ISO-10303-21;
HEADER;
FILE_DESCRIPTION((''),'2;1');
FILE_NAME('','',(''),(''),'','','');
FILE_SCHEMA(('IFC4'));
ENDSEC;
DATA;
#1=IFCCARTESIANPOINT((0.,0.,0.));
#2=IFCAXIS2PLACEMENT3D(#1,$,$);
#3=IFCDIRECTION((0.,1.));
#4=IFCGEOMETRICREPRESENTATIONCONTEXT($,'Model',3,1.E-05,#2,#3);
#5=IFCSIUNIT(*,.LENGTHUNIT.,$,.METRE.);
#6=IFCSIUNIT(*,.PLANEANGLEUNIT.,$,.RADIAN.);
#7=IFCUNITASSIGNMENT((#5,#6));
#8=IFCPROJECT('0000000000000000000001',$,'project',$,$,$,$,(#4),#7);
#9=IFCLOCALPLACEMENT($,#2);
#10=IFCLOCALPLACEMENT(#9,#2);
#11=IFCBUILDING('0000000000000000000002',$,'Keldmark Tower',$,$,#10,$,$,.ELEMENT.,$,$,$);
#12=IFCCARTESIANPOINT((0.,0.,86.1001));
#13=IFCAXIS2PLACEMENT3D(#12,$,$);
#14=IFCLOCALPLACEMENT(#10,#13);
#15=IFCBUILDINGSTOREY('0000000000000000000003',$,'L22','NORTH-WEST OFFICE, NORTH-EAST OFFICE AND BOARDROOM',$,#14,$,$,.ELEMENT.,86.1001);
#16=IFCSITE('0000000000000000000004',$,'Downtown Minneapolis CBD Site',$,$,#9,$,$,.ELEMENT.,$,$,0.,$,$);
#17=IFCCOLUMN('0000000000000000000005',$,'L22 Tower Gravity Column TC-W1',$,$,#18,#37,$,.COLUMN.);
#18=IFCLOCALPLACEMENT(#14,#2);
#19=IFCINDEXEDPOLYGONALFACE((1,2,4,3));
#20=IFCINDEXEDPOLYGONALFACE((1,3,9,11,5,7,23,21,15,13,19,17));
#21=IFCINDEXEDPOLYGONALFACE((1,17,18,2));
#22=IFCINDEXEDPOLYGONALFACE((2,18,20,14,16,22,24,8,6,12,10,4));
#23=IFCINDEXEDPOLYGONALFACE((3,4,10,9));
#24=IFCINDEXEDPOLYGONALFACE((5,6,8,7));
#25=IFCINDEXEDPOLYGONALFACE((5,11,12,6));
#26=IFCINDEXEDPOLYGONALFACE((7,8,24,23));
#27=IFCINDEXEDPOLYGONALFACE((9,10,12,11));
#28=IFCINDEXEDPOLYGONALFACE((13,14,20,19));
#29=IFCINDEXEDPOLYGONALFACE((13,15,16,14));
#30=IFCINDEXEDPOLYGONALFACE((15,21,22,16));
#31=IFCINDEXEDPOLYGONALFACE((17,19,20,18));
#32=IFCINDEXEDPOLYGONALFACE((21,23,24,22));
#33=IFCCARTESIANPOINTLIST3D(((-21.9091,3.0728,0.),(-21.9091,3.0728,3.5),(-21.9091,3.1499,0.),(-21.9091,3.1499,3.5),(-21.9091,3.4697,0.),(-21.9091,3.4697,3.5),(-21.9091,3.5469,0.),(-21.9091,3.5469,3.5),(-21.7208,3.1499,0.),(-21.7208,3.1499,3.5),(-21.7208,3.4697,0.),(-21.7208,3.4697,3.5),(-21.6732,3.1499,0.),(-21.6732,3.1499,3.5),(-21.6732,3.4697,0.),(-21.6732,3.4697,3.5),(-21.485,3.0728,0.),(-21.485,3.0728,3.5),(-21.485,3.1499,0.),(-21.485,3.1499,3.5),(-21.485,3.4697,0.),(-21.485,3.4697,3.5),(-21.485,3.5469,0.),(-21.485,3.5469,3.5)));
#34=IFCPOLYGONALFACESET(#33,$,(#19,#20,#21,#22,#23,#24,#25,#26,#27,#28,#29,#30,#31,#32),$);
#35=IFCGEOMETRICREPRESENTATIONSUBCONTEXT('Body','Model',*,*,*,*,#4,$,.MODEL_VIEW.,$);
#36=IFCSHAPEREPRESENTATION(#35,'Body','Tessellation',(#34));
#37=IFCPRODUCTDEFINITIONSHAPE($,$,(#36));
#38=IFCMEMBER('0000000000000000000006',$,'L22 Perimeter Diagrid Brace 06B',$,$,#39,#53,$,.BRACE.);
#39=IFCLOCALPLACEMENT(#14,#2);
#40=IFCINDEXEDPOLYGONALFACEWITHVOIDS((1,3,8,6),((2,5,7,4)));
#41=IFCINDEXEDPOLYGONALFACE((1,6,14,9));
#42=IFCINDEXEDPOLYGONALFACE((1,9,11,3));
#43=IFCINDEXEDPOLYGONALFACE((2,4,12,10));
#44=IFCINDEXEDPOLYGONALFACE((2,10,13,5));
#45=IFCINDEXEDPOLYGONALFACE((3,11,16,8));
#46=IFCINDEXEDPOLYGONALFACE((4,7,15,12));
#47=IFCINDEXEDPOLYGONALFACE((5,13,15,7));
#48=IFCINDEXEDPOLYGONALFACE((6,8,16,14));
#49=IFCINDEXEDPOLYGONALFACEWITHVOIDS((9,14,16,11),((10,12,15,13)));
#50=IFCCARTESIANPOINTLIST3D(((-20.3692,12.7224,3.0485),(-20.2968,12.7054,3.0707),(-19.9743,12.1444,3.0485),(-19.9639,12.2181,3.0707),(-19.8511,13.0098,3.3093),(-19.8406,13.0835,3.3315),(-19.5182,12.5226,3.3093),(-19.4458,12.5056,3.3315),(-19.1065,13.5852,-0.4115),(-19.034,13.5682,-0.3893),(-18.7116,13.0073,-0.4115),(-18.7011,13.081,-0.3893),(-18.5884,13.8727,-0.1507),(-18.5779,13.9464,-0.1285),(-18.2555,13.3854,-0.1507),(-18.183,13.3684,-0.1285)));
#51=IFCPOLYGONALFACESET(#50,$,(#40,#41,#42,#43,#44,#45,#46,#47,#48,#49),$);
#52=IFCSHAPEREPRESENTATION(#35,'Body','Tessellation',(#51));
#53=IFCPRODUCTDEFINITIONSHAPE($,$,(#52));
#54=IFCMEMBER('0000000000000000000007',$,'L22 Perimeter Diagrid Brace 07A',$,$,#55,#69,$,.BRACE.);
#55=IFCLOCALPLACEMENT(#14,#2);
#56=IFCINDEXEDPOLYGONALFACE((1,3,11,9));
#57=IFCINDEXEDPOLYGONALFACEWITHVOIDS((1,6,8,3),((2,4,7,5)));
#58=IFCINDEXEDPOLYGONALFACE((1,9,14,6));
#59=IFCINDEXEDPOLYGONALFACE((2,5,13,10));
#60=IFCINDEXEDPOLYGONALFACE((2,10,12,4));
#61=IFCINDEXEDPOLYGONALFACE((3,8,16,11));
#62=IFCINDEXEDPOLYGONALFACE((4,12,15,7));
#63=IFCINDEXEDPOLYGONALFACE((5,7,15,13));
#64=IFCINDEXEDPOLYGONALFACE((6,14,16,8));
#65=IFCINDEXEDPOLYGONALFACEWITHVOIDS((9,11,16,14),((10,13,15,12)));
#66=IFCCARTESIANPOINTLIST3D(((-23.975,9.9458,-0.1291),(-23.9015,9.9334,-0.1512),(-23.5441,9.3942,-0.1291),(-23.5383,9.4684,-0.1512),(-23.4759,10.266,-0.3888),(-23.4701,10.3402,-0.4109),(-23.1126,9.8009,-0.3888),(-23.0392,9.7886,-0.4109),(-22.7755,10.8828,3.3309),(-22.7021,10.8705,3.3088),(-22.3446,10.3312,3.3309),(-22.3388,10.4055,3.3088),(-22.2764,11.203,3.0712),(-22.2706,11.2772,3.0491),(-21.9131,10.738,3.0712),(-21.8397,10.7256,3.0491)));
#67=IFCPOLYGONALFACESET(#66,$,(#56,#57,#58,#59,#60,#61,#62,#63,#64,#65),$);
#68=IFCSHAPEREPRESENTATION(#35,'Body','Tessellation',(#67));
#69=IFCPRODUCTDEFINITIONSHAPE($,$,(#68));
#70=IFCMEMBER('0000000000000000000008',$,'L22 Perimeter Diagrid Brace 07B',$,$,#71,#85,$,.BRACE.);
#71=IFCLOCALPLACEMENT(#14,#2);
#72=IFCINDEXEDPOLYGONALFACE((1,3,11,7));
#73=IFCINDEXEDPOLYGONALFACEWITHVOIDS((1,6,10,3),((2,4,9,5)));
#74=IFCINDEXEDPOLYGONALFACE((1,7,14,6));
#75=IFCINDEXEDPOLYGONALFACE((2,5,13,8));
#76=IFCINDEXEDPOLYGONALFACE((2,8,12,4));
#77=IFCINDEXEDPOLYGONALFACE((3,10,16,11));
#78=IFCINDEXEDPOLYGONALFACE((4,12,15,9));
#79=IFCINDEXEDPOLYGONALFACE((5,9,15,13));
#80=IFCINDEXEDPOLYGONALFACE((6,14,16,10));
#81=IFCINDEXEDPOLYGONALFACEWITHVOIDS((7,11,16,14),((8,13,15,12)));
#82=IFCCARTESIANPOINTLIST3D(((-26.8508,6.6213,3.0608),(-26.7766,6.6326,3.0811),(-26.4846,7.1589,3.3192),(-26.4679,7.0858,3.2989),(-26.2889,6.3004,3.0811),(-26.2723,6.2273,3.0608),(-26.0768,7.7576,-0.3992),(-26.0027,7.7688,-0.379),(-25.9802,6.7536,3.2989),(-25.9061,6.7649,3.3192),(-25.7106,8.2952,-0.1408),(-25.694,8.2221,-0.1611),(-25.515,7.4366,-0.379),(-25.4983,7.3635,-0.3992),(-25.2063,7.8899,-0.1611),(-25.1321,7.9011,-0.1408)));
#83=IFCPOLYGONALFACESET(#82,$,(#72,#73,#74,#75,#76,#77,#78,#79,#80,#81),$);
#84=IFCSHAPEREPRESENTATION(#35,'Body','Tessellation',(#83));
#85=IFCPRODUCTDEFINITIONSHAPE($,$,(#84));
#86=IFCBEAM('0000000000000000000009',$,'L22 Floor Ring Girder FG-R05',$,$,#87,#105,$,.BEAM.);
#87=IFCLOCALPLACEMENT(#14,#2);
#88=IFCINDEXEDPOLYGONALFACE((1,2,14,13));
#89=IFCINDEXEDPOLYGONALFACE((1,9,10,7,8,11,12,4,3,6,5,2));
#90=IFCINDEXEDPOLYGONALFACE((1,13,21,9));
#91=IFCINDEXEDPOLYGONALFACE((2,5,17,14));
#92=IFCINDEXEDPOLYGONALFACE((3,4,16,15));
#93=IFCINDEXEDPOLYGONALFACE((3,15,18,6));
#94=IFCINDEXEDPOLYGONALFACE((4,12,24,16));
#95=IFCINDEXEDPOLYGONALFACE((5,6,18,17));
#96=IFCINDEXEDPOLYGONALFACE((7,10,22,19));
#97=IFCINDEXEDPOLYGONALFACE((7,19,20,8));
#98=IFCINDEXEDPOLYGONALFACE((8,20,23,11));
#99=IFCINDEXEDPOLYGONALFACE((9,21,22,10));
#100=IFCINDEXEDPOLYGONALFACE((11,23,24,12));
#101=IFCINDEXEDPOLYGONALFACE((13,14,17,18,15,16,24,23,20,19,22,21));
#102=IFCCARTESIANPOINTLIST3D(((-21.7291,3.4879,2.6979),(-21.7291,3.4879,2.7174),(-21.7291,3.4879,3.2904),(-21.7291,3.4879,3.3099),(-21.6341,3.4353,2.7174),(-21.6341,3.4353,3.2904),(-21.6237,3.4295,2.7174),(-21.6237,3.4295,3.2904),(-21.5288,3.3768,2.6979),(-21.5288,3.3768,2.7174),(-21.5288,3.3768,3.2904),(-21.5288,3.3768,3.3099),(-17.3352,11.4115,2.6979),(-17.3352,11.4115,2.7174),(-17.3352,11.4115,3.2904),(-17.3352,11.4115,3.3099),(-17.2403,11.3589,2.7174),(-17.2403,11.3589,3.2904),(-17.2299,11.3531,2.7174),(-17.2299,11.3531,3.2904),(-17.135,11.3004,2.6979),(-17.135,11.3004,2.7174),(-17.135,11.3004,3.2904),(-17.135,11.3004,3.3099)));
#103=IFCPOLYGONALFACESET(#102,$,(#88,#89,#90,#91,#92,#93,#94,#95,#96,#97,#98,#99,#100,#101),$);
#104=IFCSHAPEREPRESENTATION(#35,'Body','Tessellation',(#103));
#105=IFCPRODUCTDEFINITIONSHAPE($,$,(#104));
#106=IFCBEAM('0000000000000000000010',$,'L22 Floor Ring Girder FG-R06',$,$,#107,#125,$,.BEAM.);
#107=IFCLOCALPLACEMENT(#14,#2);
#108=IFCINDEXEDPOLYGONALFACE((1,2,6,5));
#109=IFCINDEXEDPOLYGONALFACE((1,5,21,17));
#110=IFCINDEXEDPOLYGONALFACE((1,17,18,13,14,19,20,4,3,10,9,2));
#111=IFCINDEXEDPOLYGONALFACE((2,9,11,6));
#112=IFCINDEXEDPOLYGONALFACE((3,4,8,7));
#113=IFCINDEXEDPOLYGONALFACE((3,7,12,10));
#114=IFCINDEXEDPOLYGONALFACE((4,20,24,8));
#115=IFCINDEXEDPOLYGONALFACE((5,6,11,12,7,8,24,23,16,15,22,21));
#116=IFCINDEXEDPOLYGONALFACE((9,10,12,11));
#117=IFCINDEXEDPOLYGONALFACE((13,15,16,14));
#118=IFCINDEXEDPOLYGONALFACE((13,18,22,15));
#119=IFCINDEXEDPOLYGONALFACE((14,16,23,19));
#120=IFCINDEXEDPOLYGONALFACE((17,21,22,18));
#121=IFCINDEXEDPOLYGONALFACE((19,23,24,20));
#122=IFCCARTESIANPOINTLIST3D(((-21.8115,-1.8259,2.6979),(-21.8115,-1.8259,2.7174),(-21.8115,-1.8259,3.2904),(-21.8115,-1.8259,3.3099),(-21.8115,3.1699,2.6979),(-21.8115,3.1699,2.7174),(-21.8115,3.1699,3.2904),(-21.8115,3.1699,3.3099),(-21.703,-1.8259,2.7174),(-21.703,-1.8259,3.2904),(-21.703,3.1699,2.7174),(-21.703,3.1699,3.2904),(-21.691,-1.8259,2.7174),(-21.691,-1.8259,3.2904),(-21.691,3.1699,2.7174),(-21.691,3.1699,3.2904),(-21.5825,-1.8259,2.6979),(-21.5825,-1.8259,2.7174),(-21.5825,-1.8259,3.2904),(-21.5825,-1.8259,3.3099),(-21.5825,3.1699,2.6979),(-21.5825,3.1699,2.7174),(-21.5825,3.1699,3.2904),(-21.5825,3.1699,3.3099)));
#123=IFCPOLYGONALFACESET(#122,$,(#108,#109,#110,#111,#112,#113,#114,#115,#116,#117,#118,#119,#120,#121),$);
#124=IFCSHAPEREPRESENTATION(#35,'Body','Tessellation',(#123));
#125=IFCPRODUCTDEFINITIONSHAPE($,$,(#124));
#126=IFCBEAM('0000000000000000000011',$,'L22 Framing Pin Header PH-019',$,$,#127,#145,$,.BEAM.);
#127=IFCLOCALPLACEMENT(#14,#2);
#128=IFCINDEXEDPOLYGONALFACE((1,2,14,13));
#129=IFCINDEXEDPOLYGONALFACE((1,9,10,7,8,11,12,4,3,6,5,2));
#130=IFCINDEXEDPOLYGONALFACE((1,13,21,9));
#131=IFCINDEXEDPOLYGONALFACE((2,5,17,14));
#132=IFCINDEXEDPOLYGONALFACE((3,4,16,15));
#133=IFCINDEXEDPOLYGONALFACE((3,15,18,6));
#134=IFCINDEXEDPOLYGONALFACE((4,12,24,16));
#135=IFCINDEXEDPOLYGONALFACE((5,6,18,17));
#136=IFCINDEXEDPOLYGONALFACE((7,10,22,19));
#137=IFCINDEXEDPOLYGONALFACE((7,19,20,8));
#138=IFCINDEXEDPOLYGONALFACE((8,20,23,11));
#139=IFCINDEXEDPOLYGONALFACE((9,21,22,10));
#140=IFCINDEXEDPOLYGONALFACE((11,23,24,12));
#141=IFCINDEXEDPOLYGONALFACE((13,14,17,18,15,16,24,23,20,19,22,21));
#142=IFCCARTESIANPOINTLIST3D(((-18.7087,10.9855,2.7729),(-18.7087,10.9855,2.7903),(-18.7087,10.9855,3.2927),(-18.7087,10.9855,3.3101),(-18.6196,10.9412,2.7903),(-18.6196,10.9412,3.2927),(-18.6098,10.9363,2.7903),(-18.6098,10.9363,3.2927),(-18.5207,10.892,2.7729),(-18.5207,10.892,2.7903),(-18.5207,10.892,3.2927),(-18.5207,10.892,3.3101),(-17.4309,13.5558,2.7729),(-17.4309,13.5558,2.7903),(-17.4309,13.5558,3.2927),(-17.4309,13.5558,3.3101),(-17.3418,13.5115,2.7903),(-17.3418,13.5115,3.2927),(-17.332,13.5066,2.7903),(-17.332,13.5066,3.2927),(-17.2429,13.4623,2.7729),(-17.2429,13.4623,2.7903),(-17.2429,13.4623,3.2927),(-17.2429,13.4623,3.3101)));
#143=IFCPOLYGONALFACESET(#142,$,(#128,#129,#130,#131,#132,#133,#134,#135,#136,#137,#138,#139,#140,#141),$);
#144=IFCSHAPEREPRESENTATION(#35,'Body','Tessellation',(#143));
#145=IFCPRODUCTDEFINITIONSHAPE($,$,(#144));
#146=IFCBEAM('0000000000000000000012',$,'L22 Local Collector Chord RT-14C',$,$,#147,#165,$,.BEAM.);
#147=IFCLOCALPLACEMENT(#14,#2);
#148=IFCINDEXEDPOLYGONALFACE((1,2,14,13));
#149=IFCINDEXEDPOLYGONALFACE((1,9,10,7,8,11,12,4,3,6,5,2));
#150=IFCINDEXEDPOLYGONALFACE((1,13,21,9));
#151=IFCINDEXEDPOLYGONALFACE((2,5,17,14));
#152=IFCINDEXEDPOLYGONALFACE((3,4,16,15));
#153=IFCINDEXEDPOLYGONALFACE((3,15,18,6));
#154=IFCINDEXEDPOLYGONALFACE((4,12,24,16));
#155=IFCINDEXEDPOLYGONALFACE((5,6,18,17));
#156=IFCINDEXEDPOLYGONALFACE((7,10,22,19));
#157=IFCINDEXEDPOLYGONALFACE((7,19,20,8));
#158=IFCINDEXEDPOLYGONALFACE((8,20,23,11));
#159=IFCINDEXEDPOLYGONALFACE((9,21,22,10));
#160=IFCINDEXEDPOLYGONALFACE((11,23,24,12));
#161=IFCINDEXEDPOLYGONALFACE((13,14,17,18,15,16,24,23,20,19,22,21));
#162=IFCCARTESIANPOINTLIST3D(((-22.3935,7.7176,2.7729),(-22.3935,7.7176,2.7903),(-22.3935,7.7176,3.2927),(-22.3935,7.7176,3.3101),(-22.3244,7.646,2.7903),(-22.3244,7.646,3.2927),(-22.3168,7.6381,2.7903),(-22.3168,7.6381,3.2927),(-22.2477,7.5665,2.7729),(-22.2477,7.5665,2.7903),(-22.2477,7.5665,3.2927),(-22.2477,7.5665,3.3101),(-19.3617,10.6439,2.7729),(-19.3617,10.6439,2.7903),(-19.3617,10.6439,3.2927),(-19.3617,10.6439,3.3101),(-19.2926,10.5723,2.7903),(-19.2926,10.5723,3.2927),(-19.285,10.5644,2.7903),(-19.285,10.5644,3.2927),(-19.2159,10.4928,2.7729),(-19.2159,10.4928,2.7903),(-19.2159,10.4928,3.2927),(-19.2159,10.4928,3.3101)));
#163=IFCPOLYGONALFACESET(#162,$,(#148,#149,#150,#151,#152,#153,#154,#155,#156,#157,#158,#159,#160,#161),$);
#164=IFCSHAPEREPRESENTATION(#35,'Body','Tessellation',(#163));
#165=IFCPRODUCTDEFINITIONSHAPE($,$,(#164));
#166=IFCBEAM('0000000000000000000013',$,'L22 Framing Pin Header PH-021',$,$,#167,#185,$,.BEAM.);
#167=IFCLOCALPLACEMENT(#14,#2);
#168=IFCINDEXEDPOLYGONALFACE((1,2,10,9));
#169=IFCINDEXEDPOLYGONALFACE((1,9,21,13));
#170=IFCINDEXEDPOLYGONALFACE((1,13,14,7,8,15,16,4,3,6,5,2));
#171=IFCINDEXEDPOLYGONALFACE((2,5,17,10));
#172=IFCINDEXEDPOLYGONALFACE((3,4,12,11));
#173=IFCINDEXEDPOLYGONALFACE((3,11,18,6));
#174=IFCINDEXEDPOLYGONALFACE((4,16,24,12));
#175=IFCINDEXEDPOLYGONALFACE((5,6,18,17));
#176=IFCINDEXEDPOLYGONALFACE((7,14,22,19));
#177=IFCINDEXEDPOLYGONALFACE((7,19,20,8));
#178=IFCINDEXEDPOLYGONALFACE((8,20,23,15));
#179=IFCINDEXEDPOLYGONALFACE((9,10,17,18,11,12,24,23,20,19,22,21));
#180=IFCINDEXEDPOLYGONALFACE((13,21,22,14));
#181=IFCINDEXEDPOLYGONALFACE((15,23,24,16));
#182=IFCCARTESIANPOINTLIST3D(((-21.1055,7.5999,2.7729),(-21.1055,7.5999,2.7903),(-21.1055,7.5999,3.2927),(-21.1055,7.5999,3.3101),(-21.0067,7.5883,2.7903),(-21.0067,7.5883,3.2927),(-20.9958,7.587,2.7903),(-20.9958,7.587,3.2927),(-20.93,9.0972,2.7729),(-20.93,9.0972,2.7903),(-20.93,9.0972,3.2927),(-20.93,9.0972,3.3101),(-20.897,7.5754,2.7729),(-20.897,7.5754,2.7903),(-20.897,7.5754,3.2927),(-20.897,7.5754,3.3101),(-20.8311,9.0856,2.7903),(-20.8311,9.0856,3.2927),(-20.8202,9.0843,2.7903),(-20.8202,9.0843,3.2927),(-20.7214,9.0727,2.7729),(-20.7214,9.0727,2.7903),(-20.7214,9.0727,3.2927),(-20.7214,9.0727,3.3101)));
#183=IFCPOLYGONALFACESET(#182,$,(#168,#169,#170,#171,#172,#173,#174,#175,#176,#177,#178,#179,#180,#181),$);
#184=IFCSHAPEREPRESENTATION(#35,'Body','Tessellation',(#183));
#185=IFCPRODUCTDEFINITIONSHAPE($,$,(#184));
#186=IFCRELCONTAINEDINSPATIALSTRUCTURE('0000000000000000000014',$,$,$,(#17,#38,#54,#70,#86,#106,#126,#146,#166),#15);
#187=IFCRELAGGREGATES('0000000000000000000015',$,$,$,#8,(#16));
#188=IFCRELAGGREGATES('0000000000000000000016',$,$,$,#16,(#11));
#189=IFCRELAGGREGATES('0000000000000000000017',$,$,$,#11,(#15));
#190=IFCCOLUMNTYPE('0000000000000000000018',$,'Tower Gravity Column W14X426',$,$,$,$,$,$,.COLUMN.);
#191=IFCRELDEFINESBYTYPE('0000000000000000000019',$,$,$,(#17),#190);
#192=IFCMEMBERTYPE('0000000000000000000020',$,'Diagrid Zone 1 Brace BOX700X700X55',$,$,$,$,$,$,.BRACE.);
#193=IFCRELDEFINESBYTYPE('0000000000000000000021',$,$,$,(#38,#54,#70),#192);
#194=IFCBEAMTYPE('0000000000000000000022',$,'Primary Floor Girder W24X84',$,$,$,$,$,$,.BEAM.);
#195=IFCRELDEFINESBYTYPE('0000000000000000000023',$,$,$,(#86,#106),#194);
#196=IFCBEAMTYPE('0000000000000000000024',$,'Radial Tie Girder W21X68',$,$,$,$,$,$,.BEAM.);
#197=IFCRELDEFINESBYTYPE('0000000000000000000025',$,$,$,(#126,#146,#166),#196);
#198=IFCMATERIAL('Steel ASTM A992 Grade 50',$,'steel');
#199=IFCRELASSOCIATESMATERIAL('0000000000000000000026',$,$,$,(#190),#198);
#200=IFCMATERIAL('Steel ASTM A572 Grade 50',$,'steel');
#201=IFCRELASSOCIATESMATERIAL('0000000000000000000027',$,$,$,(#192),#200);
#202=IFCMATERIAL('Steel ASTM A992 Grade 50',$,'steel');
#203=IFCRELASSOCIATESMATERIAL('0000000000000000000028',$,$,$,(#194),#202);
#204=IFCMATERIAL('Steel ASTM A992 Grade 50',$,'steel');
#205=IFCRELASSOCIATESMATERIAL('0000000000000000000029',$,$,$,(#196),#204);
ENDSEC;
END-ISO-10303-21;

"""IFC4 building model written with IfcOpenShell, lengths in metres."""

from ifc_helpers import new_model, si_unit, direction, frame, origin, origin_2d, place, context, subcontext, project, spatial, hollow_rectangle, i_section, extrude, material, material_profile, profile_set, type_object, element, save


model = new_model("IFC4")

# Units and contexts
model_context = context("Model", 3, precision=1e-05, world=origin(), true_north=direction((0.0, 1.0)))
body_context = subcontext(model_context, "Body", "Model", "MODEL_VIEW")
ifc_project = project(units=[si_unit("LENGTHUNIT", "METRE"), si_unit("PLANEANGLEUNIT", "RADIAN")], contexts=[model_context])

# Site, building, storey
site_placement = place(None, origin())
site = spatial("IfcSite", under=ifc_project, at=site_placement, Name="Downtown Minneapolis CBD Site", CompositionType="ELEMENT", RefElevation=0.0)
building_placement = place(site_placement, origin())
building = spatial("IfcBuilding", under=site, at=building_placement, Name="Keldmark Tower", CompositionType="ELEMENT")
storey_placement = place(building_placement, frame((0.0, 0.0, 86.1001)))
storey = spatial("IfcBuildingStorey", under=building, at=storey_placement, Name="L22", Description="NORTH-WEST OFFICE, NORTH-EAST OFFICE AND BOARDROOM", CompositionType="ELEMENT", Elevation=86.1001)

# Column
ifc_material_1 = material(Name="Steel ASTM A992 Grade 50", Category="steel")
ifc_material_profile_1 = material_profile(ifc_material_1, i_section(OverallWidth=0.4241, OverallDepth=0.4741, WebThickness=0.0476, FlangeThickness=0.0771, at=origin_2d()), Name="W14X426")
ifc_profile_set_1 = profile_set([ifc_material_profile_1], Name="Steel ASTM A992 Grade 50")
column_type = type_object("IfcColumnType", Name="Tower Gravity Column W14X426", PredefinedType="COLUMN", material=ifc_profile_set_1)
column_placement = place(storey_placement, frame((-21.697, 3.3098, 0.0), z_axis=(0.0, 0.0, 1.0), x_axis=(1.0, 0.0, 0.0)))
element("IfcColumn", 1, at=column_placement, inside=storey, type_object=column_type, Name="L22 Tower Gravity Column TC-W1", PredefinedType="COLUMN", context=body_context, shape_type="SweptSolid", body=[
    extrude(i_section(OverallWidth=0.4241, OverallDepth=0.4741, WebThickness=0.0476, FlangeThickness=0.0771, at=origin_2d()), origin(), (0.0, 0.0, 1.0), 3.5),
])

# Members
ifc_material_2 = material(Name="Steel ASTM A572 Grade 50", Category="steel")
ifc_material_profile_2 = material_profile(ifc_material_2, hollow_rectangle(XDim=0.7, YDim=0.7, WallThickness=0.0549, at=origin_2d()), Name="BOX700X700X55")
ifc_profile_set_2 = profile_set([ifc_material_profile_2], Name="Steel ASTM A572 Grade 50")
member_type = type_object("IfcMemberType", Name="Diagrid Zone 1 Brace BOX700X700X55", PredefinedType="BRACE", material=ifc_profile_set_2)
member_1_placement = place(storey_placement, frame((-18.6448, 13.4768, -0.27), z_axis=(-0.333793, -0.228079, 0.914638), x_axis=(0.564169, -0.82566, 0.0)))
element("IfcMember", 2, at=member_1_placement, inside=storey, type_object=member_type, Name="L22 Perimeter Diagrid Brace 06B", PredefinedType="BRACE", context=body_context, shape_type="SweptSolid", body=[
    extrude(hollow_rectangle(XDim=0.7, YDim=0.7, WallThickness=0.0549, at=origin_2d()), origin(), (0.0, 0.0, 1.0), 3.783),
])
member_2_placement = place(storey_placement, frame((-23.5071, 9.8672, -0.27), z_axis=(0.317322, 0.24789, 0.915345), x_axis=(-0.615616, 0.788046, 0.0)))
element("IfcMember", 3, at=member_2_placement, inside=storey, type_object=member_type, Name="L22 Perimeter Diagrid Brace 07A", PredefinedType="BRACE", context=body_context, shape_type="SweptSolid", body=[
    extrude(hollow_rectangle(XDim=0.7, YDim=0.7, WallThickness=0.0549, at=origin_2d()), origin(), (0.0, 0.0, 1.0), 3.78),
])
member_3_placement = place(storey_placement, frame((-25.6045, 7.8293, -0.27), z_axis=(-0.207873, -0.305186, 0.929328), x_axis=(0.82649, -0.562951, 0.0)))
element("IfcMember", 4, at=member_3_placement, inside=storey, type_object=member_type, Name="L22 Perimeter Diagrid Brace 07B", PredefinedType="BRACE", context=body_context, shape_type="SweptSolid", body=[
    extrude(hollow_rectangle(XDim=0.7, YDim=0.7, WallThickness=0.0549, at=origin_2d()), origin(), (0.0, 0.0, 1.0), 3.7231),
])

# Beams
ifc_material_3 = material(Name="Steel ASTM A992 Grade 50", Category="steel")
ifc_material_profile_3 = material_profile(ifc_material_3, i_section(OverallWidth=0.229, OverallDepth=0.6121, WebThickness=0.012, FlangeThickness=0.0195, at=origin_2d()), Name="W24X84")
ifc_profile_set_3 = profile_set([ifc_material_profile_3], Name="Steel ASTM A992 Grade 50")
beam_type_1 = type_object("IfcBeamType", Name="Primary Floor Girder W24X84", PredefinedType="BEAM", material=ifc_profile_set_3)
beam_1_placement = place(storey_placement, frame((-17.2351, 11.356, 3.0039), z_axis=(-0.484952, -0.874541, 0.0), x_axis=(0.874541, -0.484952, 0.0)))
element("IfcBeam", 5, at=beam_1_placement, inside=storey, type_object=beam_type_1, Name="L22 Floor Ring Girder FG-R05", PredefinedType="BEAM", context=body_context, shape_type="SweptSolid", body=[
    extrude(i_section(OverallWidth=0.229, OverallDepth=0.6121, WebThickness=0.012, FlangeThickness=0.0195, at=origin_2d()), origin(), (0.0, 0.0, 1.0), 9.0603),
])
beam_2_placement = place(storey_placement, frame((-21.697, 3.1699, 3.0039), z_axis=(0.0, -1.0, 0.0), x_axis=(1.0, 0.0, 0.0)))
element("IfcBeam", 6, at=beam_2_placement, inside=storey, type_object=beam_type_1, Name="L22 Floor Ring Girder FG-R06", PredefinedType="BEAM", context=body_context, shape_type="SweptSolid", body=[
    extrude(i_section(OverallWidth=0.229, OverallDepth=0.6121, WebThickness=0.012, FlangeThickness=0.0195, at=origin_2d()), origin(), (0.0, 0.0, 1.0), 4.9958),
])
ifc_material_4 = material(Name="Steel ASTM A992 Grade 50", Category="steel")
ifc_material_profile_4 = material_profile(ifc_material_4, i_section(OverallWidth=0.21, OverallDepth=0.5371, WebThickness=0.011, FlangeThickness=0.0173, at=origin_2d()), Name="W21X68")
ifc_profile_set_4 = profile_set([ifc_material_profile_4], Name="Steel ASTM A992 Grade 50")
beam_type_2 = type_object("IfcBeamType", Name="Radial Tie Girder W21X68", PredefinedType="BEAM", material=ifc_profile_set_4)
beam_3_placement = place(storey_placement, frame((-17.3369, 13.509, 3.0415), z_axis=(-0.445171, -0.895446, 0.0), x_axis=(0.895446, -0.445171, 0.0)))
element("IfcBeam", 7, at=beam_3_placement, inside=storey, type_object=beam_type_2, Name="L22 Framing Pin Header PH-019", PredefinedType="BEAM", context=body_context, shape_type="SweptSolid", body=[
    extrude(i_section(OverallWidth=0.21, OverallDepth=0.5371, WebThickness=0.011, FlangeThickness=0.0173, at=origin_2d()), origin(), (0.0, 0.0, 1.0), 2.8704),
])
beam_4_placement = place(storey_placement, frame((-19.2888, 10.5684, 3.0415), z_axis=(-0.719511, -0.694481, 0.0), x_axis=(0.694481, -0.719511, 0.0)))
element("IfcBeam", 8, at=beam_4_placement, inside=storey, type_object=beam_type_2, Name="L22 Local Collector Chord RT-14C", PredefinedType="BEAM", context=body_context, shape_type="SweptSolid", body=[
    extrude(i_section(OverallWidth=0.21, OverallDepth=0.5371, WebThickness=0.011, FlangeThickness=0.0173, at=origin_2d()), origin(), (0.0, 0.0, 1.0), 4.2136),
])
beam_5_placement = place(storey_placement, frame((-21.0012, 7.5876, 3.0415), z_axis=(0.116437, 0.993198, 0.0), x_axis=(-0.993198, 0.116437, 0.0)))
element("IfcBeam", 9, at=beam_5_placement, inside=storey, type_object=beam_type_2, Name="L22 Framing Pin Header PH-021", PredefinedType="BEAM", context=body_context, shape_type="SweptSolid", body=[
    extrude(i_section(OverallWidth=0.21, OverallDepth=0.5371, WebThickness=0.011, FlangeThickness=0.0173, at=origin_2d()), origin(), (0.0, 0.0, 1.0), 1.5076),
])

save(model, "model.ifc")
